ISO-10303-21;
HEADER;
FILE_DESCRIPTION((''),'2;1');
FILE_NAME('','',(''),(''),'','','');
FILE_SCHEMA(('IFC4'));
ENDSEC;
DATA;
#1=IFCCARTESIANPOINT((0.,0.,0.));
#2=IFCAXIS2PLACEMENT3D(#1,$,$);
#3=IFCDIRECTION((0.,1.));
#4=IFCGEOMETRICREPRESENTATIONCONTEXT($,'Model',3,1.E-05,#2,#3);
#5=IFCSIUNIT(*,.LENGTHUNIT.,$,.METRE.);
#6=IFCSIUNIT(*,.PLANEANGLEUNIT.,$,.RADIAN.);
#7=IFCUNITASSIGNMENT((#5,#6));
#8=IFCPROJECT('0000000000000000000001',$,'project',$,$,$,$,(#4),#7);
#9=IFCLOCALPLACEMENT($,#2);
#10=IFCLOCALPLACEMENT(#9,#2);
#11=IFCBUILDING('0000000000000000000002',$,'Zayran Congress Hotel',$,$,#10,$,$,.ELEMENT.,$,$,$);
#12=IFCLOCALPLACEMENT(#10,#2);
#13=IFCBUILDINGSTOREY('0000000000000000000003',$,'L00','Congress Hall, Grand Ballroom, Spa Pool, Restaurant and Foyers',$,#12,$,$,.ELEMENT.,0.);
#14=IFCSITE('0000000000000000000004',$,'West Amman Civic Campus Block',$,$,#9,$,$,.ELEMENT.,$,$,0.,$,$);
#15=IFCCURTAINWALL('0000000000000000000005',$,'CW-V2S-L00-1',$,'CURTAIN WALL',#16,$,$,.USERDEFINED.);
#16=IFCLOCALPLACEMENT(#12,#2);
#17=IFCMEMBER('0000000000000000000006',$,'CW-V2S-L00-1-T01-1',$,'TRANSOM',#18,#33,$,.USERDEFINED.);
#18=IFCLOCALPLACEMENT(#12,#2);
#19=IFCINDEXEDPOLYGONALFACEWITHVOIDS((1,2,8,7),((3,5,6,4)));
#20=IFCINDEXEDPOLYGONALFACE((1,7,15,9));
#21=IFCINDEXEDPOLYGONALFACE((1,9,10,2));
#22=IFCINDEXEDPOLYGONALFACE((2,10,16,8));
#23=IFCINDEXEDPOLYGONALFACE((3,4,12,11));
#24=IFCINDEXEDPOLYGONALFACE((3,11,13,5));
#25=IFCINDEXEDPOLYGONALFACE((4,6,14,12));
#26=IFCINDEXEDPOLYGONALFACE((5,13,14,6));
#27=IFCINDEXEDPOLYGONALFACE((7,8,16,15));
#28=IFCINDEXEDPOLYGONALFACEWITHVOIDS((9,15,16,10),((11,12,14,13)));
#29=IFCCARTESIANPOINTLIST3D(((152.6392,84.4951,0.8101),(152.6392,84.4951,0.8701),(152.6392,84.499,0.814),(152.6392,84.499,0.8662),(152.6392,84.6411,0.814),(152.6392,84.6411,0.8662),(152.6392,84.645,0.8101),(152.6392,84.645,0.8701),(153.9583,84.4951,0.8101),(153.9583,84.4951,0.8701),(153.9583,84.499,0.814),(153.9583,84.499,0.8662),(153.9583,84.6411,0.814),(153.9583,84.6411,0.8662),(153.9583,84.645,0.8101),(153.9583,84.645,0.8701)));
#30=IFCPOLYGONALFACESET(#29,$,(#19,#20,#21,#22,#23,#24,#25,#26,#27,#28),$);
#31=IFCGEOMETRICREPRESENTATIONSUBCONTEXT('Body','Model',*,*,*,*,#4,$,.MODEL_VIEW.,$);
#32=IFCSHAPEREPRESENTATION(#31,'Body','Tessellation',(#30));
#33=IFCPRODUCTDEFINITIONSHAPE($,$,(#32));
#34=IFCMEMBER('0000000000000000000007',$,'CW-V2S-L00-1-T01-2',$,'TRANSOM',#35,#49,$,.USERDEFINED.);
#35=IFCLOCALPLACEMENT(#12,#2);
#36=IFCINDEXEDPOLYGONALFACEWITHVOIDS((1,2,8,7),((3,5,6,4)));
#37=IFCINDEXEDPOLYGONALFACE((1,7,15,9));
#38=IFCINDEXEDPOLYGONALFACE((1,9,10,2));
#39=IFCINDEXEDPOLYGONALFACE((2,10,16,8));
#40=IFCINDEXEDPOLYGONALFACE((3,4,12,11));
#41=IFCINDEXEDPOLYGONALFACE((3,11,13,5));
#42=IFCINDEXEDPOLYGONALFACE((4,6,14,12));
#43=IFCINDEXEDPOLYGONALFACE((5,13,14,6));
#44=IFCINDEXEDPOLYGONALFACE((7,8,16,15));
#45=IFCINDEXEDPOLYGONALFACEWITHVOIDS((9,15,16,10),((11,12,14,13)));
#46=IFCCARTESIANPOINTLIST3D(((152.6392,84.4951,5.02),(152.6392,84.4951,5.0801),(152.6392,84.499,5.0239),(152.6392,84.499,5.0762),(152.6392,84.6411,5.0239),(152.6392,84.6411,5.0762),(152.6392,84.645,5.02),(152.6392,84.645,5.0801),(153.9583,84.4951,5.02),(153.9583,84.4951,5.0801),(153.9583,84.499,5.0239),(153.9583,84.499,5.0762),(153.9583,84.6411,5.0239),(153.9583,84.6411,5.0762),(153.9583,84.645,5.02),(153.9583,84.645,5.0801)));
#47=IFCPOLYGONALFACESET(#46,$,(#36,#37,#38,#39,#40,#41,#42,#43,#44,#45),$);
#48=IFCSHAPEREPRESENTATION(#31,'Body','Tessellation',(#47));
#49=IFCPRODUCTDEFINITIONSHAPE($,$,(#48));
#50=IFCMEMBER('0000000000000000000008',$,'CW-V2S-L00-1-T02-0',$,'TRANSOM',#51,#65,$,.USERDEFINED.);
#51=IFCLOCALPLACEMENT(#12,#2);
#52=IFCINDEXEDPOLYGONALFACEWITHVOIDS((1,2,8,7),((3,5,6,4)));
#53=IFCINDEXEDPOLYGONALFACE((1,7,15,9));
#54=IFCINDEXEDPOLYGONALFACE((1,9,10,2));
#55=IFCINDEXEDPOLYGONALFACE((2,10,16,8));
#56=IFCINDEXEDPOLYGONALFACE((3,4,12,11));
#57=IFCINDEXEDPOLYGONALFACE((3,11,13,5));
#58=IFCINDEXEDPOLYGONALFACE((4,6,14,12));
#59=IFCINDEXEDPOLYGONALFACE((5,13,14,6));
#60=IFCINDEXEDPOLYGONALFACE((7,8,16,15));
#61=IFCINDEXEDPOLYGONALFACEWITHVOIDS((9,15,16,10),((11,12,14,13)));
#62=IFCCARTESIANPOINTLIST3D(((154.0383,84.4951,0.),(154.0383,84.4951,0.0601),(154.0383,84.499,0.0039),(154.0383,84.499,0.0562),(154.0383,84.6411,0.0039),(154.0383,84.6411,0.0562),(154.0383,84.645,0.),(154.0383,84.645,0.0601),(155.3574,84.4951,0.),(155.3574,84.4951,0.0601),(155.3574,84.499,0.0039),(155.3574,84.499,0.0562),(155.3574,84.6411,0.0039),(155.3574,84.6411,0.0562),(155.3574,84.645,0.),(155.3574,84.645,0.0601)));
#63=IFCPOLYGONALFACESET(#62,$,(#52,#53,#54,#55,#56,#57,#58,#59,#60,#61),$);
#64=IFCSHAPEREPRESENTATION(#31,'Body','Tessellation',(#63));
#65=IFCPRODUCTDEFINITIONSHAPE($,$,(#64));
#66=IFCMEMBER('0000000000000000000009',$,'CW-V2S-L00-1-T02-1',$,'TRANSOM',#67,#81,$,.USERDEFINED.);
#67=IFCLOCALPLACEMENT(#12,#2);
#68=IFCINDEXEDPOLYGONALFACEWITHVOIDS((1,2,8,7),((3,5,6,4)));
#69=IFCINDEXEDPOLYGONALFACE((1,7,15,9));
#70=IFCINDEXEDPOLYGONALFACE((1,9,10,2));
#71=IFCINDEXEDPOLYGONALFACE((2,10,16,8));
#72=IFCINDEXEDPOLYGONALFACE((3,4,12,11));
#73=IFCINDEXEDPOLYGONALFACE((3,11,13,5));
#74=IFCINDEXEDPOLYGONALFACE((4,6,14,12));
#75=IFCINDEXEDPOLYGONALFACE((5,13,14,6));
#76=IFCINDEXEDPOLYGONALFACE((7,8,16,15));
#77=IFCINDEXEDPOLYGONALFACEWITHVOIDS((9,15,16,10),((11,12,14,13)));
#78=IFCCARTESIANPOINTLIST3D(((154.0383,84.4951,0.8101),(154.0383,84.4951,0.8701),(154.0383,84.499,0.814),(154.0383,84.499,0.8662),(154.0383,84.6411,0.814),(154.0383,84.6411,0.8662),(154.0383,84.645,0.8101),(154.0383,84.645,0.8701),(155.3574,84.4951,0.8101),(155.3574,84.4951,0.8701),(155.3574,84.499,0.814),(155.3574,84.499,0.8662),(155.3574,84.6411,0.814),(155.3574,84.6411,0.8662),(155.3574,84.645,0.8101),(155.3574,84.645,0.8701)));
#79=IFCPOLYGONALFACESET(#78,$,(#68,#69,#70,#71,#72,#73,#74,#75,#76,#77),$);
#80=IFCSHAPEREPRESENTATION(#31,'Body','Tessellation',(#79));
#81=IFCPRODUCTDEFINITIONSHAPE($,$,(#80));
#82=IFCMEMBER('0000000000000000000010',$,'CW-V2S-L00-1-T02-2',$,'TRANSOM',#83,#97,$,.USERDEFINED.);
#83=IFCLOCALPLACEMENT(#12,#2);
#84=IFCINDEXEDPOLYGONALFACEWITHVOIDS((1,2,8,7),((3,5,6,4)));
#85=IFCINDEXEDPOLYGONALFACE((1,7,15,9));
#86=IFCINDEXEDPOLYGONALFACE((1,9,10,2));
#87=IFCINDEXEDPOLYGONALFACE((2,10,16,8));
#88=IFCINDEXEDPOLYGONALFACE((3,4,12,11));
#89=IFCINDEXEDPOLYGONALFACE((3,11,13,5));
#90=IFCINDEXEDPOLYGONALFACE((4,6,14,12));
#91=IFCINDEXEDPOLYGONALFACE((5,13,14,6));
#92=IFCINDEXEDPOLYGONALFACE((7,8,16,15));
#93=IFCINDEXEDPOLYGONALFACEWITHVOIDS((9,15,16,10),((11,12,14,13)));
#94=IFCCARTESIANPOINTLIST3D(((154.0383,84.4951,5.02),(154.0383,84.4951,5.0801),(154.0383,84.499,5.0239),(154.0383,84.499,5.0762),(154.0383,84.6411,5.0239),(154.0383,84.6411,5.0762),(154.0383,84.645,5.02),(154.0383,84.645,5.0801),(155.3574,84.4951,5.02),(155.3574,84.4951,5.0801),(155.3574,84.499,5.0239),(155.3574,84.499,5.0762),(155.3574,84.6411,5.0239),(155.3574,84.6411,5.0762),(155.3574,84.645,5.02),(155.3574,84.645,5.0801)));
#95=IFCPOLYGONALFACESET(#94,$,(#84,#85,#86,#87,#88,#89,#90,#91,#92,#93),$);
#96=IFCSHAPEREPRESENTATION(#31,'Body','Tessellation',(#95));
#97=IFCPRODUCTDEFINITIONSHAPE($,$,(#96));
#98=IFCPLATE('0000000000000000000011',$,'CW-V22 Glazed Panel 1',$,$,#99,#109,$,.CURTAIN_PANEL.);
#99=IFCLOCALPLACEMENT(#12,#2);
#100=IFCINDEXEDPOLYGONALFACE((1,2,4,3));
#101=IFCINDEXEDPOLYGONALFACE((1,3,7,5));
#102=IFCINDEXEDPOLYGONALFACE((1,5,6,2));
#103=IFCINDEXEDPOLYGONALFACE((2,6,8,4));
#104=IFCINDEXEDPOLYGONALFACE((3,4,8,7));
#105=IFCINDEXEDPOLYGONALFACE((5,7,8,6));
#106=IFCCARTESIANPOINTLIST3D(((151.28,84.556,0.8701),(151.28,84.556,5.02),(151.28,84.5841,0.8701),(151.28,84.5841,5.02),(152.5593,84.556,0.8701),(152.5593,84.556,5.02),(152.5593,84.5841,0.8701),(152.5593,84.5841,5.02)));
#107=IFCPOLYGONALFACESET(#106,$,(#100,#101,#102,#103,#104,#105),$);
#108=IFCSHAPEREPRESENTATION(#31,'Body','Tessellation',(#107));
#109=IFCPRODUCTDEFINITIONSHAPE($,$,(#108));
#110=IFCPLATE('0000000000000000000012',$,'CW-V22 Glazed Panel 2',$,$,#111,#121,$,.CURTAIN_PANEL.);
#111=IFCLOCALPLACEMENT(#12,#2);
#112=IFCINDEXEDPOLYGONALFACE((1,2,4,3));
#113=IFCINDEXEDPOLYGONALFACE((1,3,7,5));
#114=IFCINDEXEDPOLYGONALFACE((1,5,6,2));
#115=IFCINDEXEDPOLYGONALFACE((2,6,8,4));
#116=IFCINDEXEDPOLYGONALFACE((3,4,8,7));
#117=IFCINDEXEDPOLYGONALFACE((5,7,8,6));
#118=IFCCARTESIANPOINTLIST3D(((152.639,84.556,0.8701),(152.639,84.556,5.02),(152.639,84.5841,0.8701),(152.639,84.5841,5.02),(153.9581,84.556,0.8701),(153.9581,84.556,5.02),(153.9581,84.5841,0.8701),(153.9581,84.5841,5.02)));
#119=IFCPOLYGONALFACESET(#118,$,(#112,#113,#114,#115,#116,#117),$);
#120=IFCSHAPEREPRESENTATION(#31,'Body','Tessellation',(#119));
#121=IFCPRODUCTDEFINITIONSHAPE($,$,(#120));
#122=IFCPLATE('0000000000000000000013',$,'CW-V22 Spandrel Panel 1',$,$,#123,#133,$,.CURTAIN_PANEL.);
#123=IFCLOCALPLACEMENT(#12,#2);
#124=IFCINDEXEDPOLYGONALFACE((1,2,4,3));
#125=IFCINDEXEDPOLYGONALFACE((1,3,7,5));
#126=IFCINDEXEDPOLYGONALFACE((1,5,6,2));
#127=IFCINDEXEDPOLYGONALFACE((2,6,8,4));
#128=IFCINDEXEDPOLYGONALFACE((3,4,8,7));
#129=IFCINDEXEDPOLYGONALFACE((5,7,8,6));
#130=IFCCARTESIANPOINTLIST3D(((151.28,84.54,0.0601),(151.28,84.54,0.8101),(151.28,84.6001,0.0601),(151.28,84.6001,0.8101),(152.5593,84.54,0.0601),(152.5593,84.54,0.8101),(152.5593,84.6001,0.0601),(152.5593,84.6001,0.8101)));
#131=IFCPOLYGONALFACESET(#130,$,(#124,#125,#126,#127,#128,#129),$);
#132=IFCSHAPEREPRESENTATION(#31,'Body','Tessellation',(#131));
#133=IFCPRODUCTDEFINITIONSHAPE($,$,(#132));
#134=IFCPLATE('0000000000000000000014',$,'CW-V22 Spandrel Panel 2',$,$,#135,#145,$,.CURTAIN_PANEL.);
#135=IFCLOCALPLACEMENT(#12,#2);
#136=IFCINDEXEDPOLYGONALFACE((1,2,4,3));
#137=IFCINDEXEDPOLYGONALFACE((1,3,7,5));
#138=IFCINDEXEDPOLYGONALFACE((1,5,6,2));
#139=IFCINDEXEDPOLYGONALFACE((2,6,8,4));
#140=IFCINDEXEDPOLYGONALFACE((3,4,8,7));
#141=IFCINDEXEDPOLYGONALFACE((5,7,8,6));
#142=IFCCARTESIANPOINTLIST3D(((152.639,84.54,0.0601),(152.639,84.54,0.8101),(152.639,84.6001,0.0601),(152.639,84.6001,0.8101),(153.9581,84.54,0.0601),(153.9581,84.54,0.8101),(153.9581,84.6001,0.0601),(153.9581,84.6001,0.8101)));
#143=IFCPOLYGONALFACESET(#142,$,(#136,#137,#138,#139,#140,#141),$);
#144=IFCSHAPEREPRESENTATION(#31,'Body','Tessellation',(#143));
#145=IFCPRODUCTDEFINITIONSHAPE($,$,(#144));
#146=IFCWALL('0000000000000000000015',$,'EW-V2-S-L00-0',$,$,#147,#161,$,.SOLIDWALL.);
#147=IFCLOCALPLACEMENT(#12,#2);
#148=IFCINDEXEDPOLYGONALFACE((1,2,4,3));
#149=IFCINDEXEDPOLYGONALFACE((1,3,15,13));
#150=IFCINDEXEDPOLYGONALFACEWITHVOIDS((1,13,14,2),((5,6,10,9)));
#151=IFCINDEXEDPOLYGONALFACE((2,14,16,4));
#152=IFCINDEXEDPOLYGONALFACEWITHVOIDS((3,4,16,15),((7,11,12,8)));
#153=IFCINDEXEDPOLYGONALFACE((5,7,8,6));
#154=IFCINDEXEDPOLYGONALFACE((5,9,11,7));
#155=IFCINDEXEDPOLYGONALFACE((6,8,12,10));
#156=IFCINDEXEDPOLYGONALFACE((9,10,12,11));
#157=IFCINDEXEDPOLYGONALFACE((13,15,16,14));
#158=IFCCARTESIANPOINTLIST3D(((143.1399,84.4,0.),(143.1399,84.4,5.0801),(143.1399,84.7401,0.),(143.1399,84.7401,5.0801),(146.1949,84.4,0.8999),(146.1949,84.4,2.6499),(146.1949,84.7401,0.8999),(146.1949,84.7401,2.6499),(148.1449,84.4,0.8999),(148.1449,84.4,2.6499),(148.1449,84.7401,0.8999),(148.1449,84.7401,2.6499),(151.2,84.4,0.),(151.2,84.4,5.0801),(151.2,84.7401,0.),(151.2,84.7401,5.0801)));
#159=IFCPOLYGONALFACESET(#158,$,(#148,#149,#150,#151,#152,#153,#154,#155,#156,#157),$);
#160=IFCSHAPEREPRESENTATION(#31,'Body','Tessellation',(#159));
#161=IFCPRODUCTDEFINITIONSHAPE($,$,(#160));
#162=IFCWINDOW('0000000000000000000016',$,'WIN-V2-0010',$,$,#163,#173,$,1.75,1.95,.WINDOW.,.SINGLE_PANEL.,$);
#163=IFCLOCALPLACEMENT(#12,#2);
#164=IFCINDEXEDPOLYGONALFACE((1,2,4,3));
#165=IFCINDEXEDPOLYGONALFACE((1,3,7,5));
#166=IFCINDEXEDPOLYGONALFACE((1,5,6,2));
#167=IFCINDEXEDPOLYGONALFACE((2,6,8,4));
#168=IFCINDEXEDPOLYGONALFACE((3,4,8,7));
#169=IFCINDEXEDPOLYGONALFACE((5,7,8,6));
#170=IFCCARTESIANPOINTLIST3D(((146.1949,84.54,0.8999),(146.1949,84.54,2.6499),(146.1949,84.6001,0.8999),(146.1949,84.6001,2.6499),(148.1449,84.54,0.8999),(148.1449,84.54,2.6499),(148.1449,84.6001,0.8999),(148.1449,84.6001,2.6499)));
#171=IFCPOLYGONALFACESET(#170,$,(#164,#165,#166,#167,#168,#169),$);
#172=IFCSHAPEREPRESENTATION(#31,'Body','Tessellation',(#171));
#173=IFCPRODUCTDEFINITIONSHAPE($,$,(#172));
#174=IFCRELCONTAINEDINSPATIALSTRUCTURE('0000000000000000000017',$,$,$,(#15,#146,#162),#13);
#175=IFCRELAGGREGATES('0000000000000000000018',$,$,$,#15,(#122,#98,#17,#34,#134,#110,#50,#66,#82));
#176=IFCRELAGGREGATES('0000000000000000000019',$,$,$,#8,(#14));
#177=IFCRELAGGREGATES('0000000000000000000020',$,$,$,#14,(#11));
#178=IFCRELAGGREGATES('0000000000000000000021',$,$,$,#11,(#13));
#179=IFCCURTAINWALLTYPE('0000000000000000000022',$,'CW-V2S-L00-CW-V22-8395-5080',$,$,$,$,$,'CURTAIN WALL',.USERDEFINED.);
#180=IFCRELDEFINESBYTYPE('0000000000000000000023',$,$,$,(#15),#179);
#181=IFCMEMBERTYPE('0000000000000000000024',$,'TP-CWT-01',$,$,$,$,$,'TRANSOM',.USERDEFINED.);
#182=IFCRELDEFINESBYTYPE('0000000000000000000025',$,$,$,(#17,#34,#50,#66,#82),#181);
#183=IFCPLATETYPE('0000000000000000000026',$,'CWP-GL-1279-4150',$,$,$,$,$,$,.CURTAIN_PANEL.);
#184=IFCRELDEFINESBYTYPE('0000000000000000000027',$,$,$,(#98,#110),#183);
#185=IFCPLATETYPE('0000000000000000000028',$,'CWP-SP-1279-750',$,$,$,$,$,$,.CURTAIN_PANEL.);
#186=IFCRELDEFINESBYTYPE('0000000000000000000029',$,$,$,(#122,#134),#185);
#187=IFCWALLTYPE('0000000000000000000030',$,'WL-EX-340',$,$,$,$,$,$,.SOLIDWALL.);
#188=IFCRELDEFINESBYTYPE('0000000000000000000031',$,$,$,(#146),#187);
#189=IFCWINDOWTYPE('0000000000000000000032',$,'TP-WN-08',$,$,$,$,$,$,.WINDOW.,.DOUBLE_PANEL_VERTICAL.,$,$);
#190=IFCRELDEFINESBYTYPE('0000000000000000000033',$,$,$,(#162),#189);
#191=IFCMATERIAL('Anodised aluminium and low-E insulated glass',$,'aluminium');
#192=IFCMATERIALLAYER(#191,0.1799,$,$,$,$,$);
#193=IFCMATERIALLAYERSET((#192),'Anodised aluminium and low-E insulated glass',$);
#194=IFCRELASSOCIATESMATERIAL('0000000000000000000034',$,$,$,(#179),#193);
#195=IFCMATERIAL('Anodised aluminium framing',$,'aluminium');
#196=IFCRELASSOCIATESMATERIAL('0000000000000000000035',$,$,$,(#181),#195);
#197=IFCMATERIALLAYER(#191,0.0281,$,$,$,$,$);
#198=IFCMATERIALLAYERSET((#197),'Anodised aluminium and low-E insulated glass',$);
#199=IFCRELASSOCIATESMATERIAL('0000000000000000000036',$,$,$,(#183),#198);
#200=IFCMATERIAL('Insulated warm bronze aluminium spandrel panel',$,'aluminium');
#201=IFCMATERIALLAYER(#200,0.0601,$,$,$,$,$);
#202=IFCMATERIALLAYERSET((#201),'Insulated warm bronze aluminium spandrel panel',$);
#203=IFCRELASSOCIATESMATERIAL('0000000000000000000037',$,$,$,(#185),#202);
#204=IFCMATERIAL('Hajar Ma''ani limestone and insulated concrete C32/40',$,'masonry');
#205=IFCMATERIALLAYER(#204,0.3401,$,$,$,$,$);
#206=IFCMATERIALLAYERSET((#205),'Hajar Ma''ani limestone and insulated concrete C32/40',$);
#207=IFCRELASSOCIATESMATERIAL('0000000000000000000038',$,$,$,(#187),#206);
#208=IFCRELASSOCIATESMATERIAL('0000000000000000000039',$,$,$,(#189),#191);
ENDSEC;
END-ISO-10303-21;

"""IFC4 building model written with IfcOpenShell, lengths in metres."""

from ifc_helpers import new_model, si_unit, direction, frame, frame_2d, origin, origin_2d, place, context, subcontext, project, spatial, rectangle, hollow_rectangle, extrude, material, layer, layer_set, material_profile, profile_set, type_object, element, fill, aggregate, save


model = new_model("IFC4")

# Units and contexts
model_context = context("Model", 3, precision=1e-05, world=origin(), true_north=direction((0.0, 1.0)))
body_context = subcontext(model_context, "Body", "Model", "MODEL_VIEW")
ifc_project = project(units=[si_unit("LENGTHUNIT", "METRE"), si_unit("PLANEANGLEUNIT", "RADIAN")], contexts=[model_context])

# Site, building, storey
site_placement = place(None, origin())
site = spatial("IfcSite", under=ifc_project, at=site_placement, Name="West Amman Civic Campus Block", CompositionType="ELEMENT", RefElevation=0.0)
building_placement = place(site_placement, origin())
building = spatial("IfcBuilding", under=site, at=building_placement, Name="Zayran Congress Hotel", CompositionType="ELEMENT")
storey_placement = place(building_placement, origin())
storey = spatial("IfcBuildingStorey", under=building, at=storey_placement, Name="L00", Description="Congress Hall, Grand Ballroom, Spa Pool, Restaurant and Foyers", CompositionType="ELEMENT", Elevation=0.0)

# Curtain wall, members, plates
ifc_material_1 = material(Name="Anodised aluminium and low-E insulated glass", Category="aluminium")
ifc_layer_1 = layer(ifc_material_1, 0.1799)
ifc_layer_set_1 = layer_set([ifc_layer_1], Name="Anodised aluminium and low-E insulated glass")
curtain_wall_type = type_object("IfcCurtainWallType", Name="CW-V2S-L00-CW-V22-8395-5080", ElementType="CURTAIN WALL", PredefinedType="USERDEFINED", material=ifc_layer_set_1)
curtain_wall_placement = place(storey_placement, origin())
curtain_wall = element("IfcCurtainWall", 1, at=curtain_wall_placement, inside=storey, type_object=curtain_wall_type, Name="CW-V2S-L00-1", ObjectType="CURTAIN WALL", PredefinedType="USERDEFINED")
ifc_material_2 = material(Name="Anodised aluminium framing", Category="aluminium")
ifc_material_profile_1 = material_profile(ifc_material_2, hollow_rectangle(XDim=0.0601, YDim=0.1499, WallThickness=0.0039, at=origin_2d()), Name="RHS 150x60x4")
ifc_profile_set_1 = profile_set([ifc_material_profile_1], Name="Anodised aluminium framing")
member_type_1 = type_object("IfcMemberType", Name="TP-CWT-01", ElementType="TRANSOM", PredefinedType="USERDEFINED", material=ifc_profile_set_1)
member_1_placement = place(storey_placement, frame((152.6392, 84.5701, 0.8401), z_axis=(1.0, 0.0, 0.0), x_axis=(0.0, 0.0, 1.0)))
member_1 = element("IfcMember", 2, at=member_1_placement, type_object=member_type_1, Name="CW-V2S-L00-1-T01-1", ObjectType="TRANSOM", PredefinedType="USERDEFINED", context=body_context, shape_type="SweptSolid", body=[
    extrude(hollow_rectangle(XDim=0.0601, YDim=0.1499, WallThickness=0.0039, at=origin_2d()), origin(), (0.0, 0.0, 1.0), 1.3191),
])
member_2_placement = place(storey_placement, frame((152.6392, 84.5701, 5.05), z_axis=(1.0, 0.0, 0.0), x_axis=(0.0, 0.0, 1.0)))
member_2 = element("IfcMember", 3, at=member_2_placement, type_object=member_type_1, Name="CW-V2S-L00-1-T01-2", ObjectType="TRANSOM", PredefinedType="USERDEFINED", context=body_context, shape_type="SweptSolid", body=[
    extrude(hollow_rectangle(XDim=0.0601, YDim=0.1499, WallThickness=0.0039, at=origin_2d()), origin(), (0.0, 0.0, 1.0), 1.3191),
])
member_3_placement = place(storey_placement, frame((154.0383, 84.5701, 0.03), z_axis=(1.0, 0.0, 0.0), x_axis=(0.0, 0.0, 1.0)))
member_3 = element("IfcMember", 4, at=member_3_placement, type_object=member_type_1, Name="CW-V2S-L00-1-T02-0", ObjectType="TRANSOM", PredefinedType="USERDEFINED", context=body_context, shape_type="SweptSolid", body=[
    extrude(hollow_rectangle(XDim=0.0601, YDim=0.1499, WallThickness=0.0039, at=origin_2d()), origin(), (0.0, 0.0, 1.0), 1.3191),
])
member_4_placement = place(storey_placement, frame((154.0383, 84.5701, 0.8401), z_axis=(1.0, 0.0, 0.0), x_axis=(0.0, 0.0, 1.0)))
member_4 = element("IfcMember", 5, at=member_4_placement, type_object=member_type_1, Name="CW-V2S-L00-1-T02-1", ObjectType="TRANSOM", PredefinedType="USERDEFINED", context=body_context, shape_type="SweptSolid", body=[
    extrude(hollow_rectangle(XDim=0.0601, YDim=0.1499, WallThickness=0.0039, at=origin_2d()), origin(), (0.0, 0.0, 1.0), 1.3191),
])
member_5_placement = place(storey_placement, frame((154.0383, 84.5701, 5.05), z_axis=(1.0, 0.0, 0.0), x_axis=(0.0, 0.0, 1.0)))
member_5 = element("IfcMember", 6, at=member_5_placement, type_object=member_type_1, Name="CW-V2S-L00-1-T02-2", ObjectType="TRANSOM", PredefinedType="USERDEFINED", context=body_context, shape_type="SweptSolid", body=[
    extrude(hollow_rectangle(XDim=0.0601, YDim=0.1499, WallThickness=0.0039, at=origin_2d()), origin(), (0.0, 0.0, 1.0), 1.3191),
])
ifc_layer_2 = layer(ifc_material_1, 0.0281)
ifc_layer_set_2 = layer_set([ifc_layer_2], Name="Anodised aluminium and low-E insulated glass")
plate_type_1 = type_object("IfcPlateType", Name="CWP-GL-1279-4150", PredefinedType="CURTAIN_PANEL", material=ifc_layer_set_2)
plate_1_placement = place(storey_placement, frame((151.9197, 84.5701, 0.8701), z_axis=(0.0, 0.0, 1.0), x_axis=(1.0, 0.0, 0.0)))
plate_1 = element("IfcPlate", 7, at=plate_1_placement, type_object=plate_type_1, Name="CW-V22 Glazed Panel 1", PredefinedType="CURTAIN_PANEL", context=body_context, shape_type="SweptSolid", body=[
    extrude(rectangle(XDim=1.2793, YDim=0.0281, at=origin_2d()), origin(), (0.0, 0.0, 1.0), 4.1499),
])
plate_2_placement = place(storey_placement, frame((153.2986, 84.5701, 0.8701), z_axis=(0.0, 0.0, 1.0), x_axis=(1.0, 0.0, 0.0)))
plate_2 = element("IfcPlate", 8, at=plate_2_placement, type_object=plate_type_1, Name="CW-V22 Glazed Panel 2", PredefinedType="CURTAIN_PANEL", context=body_context, shape_type="SweptSolid", body=[
    extrude(rectangle(XDim=1.3191, YDim=0.0281, at=origin_2d()), origin(), (0.0, 0.0, 1.0), 4.1499),
])
ifc_material_3 = material(Name="Insulated warm bronze aluminium spandrel panel", Category="aluminium")
ifc_layer_3 = layer(ifc_material_3, 0.0601)
ifc_layer_set_3 = layer_set([ifc_layer_3], Name="Insulated warm bronze aluminium spandrel panel")
plate_type_2 = type_object("IfcPlateType", Name="CWP-SP-1279-750", PredefinedType="CURTAIN_PANEL", material=ifc_layer_set_3)
plate_3_placement = place(storey_placement, frame((151.9197, 84.5701, 0.0601), z_axis=(0.0, 0.0, 1.0), x_axis=(1.0, 0.0, 0.0)))
plate_3 = element("IfcPlate", 9, at=plate_3_placement, type_object=plate_type_2, Name="CW-V22 Spandrel Panel 1", PredefinedType="CURTAIN_PANEL", context=body_context, shape_type="SweptSolid", body=[
    extrude(rectangle(XDim=1.2793, YDim=0.0601, at=origin_2d()), origin(), (0.0, 0.0, 1.0), 0.75),
])
plate_4_placement = place(storey_placement, frame((153.2986, 84.5701, 0.0601), z_axis=(0.0, 0.0, 1.0), x_axis=(1.0, 0.0, 0.0)))
plate_4 = element("IfcPlate", 10, at=plate_4_placement, type_object=plate_type_2, Name="CW-V22 Spandrel Panel 2", PredefinedType="CURTAIN_PANEL", context=body_context, shape_type="SweptSolid", body=[
    extrude(rectangle(XDim=1.3191, YDim=0.0601, at=origin_2d()), origin(), (0.0, 0.0, 1.0), 0.75),
])
aggregate(curtain_wall, [plate_3, plate_1, member_1, member_2, plate_4, plate_2, member_3, member_4, member_5])

# Wall, opening, window
ifc_material_4 = material(Name="Hajar Ma'ani limestone and insulated concrete C32/40", Category="masonry")
ifc_layer_4 = layer(ifc_material_4, 0.3401)
ifc_layer_set_4 = layer_set([ifc_layer_4], Name="Hajar Ma'ani limestone and insulated concrete C32/40")
wall_type_1 = type_object("IfcWallType", Name="WL-EX-340", PredefinedType="SOLIDWALL", material=ifc_layer_set_4)
wall_1_placement = place(storey_placement, frame((151.2, 84.5701, 0.0), z_axis=(0.0, 0.0, 1.0), x_axis=(-1.0, 0.0, 0.0)))
wall_1 = element("IfcWall", 11, at=wall_1_placement, inside=storey, type_object=wall_type_1, Name="EW-V2-S-L00-0", PredefinedType="SOLIDWALL", context=body_context, shape_type="SweptSolid", body=[
    extrude(rectangle(XDim=8.0601, YDim=0.3401, at=frame_2d((4.03, 0.0))), origin(), (0.0, 0.0, 1.0), 5.0801),
])
opening_placement = place(wall_1_placement, frame((3.0549, 0.0, 0.8999)))
opening = element("IfcOpeningElement", 12, at=opening_placement, cuts=wall_1, PredefinedType="OPENING", context=body_context, shape_type="SweptSolid", body=[
    extrude(rectangle(XDim=1.95, YDim=1.75, at=frame_2d((0.9751, 0.875))), frame((0.0, 0.1799, 0.0), z_axis=(0.0, -1.0, 0.0), x_axis=(1.0, 0.0, 0.0)), (0.0, 0.0, 1.0), 0.3601),
])
window_type = type_object("IfcWindowType", Name="TP-WN-08", PartitioningType="DOUBLE_PANEL_VERTICAL", PredefinedType="WINDOW", material=ifc_material_1)
window_placement = place(opening_placement, origin())
window = element("IfcWindow", 13, at=window_placement, inside=storey, type_object=window_type, Name="WIN-V2-0010", OverallHeight=1.75, OverallWidth=1.95, PartitioningType="SINGLE_PANEL", PredefinedType="WINDOW", context=body_context, shape_type="SweptSolid", body=[
    extrude(rectangle(XDim=1.95, YDim=1.75, at=frame_2d((0.9751, 0.875))), frame((0.0, 0.03, 0.0), z_axis=(0.0, -1.0, 0.0), x_axis=(1.0, 0.0, 0.0)), (0.0, 0.0, 1.0), 0.0601),
])
fill(opening, window)

save(model, "model.ifc")
